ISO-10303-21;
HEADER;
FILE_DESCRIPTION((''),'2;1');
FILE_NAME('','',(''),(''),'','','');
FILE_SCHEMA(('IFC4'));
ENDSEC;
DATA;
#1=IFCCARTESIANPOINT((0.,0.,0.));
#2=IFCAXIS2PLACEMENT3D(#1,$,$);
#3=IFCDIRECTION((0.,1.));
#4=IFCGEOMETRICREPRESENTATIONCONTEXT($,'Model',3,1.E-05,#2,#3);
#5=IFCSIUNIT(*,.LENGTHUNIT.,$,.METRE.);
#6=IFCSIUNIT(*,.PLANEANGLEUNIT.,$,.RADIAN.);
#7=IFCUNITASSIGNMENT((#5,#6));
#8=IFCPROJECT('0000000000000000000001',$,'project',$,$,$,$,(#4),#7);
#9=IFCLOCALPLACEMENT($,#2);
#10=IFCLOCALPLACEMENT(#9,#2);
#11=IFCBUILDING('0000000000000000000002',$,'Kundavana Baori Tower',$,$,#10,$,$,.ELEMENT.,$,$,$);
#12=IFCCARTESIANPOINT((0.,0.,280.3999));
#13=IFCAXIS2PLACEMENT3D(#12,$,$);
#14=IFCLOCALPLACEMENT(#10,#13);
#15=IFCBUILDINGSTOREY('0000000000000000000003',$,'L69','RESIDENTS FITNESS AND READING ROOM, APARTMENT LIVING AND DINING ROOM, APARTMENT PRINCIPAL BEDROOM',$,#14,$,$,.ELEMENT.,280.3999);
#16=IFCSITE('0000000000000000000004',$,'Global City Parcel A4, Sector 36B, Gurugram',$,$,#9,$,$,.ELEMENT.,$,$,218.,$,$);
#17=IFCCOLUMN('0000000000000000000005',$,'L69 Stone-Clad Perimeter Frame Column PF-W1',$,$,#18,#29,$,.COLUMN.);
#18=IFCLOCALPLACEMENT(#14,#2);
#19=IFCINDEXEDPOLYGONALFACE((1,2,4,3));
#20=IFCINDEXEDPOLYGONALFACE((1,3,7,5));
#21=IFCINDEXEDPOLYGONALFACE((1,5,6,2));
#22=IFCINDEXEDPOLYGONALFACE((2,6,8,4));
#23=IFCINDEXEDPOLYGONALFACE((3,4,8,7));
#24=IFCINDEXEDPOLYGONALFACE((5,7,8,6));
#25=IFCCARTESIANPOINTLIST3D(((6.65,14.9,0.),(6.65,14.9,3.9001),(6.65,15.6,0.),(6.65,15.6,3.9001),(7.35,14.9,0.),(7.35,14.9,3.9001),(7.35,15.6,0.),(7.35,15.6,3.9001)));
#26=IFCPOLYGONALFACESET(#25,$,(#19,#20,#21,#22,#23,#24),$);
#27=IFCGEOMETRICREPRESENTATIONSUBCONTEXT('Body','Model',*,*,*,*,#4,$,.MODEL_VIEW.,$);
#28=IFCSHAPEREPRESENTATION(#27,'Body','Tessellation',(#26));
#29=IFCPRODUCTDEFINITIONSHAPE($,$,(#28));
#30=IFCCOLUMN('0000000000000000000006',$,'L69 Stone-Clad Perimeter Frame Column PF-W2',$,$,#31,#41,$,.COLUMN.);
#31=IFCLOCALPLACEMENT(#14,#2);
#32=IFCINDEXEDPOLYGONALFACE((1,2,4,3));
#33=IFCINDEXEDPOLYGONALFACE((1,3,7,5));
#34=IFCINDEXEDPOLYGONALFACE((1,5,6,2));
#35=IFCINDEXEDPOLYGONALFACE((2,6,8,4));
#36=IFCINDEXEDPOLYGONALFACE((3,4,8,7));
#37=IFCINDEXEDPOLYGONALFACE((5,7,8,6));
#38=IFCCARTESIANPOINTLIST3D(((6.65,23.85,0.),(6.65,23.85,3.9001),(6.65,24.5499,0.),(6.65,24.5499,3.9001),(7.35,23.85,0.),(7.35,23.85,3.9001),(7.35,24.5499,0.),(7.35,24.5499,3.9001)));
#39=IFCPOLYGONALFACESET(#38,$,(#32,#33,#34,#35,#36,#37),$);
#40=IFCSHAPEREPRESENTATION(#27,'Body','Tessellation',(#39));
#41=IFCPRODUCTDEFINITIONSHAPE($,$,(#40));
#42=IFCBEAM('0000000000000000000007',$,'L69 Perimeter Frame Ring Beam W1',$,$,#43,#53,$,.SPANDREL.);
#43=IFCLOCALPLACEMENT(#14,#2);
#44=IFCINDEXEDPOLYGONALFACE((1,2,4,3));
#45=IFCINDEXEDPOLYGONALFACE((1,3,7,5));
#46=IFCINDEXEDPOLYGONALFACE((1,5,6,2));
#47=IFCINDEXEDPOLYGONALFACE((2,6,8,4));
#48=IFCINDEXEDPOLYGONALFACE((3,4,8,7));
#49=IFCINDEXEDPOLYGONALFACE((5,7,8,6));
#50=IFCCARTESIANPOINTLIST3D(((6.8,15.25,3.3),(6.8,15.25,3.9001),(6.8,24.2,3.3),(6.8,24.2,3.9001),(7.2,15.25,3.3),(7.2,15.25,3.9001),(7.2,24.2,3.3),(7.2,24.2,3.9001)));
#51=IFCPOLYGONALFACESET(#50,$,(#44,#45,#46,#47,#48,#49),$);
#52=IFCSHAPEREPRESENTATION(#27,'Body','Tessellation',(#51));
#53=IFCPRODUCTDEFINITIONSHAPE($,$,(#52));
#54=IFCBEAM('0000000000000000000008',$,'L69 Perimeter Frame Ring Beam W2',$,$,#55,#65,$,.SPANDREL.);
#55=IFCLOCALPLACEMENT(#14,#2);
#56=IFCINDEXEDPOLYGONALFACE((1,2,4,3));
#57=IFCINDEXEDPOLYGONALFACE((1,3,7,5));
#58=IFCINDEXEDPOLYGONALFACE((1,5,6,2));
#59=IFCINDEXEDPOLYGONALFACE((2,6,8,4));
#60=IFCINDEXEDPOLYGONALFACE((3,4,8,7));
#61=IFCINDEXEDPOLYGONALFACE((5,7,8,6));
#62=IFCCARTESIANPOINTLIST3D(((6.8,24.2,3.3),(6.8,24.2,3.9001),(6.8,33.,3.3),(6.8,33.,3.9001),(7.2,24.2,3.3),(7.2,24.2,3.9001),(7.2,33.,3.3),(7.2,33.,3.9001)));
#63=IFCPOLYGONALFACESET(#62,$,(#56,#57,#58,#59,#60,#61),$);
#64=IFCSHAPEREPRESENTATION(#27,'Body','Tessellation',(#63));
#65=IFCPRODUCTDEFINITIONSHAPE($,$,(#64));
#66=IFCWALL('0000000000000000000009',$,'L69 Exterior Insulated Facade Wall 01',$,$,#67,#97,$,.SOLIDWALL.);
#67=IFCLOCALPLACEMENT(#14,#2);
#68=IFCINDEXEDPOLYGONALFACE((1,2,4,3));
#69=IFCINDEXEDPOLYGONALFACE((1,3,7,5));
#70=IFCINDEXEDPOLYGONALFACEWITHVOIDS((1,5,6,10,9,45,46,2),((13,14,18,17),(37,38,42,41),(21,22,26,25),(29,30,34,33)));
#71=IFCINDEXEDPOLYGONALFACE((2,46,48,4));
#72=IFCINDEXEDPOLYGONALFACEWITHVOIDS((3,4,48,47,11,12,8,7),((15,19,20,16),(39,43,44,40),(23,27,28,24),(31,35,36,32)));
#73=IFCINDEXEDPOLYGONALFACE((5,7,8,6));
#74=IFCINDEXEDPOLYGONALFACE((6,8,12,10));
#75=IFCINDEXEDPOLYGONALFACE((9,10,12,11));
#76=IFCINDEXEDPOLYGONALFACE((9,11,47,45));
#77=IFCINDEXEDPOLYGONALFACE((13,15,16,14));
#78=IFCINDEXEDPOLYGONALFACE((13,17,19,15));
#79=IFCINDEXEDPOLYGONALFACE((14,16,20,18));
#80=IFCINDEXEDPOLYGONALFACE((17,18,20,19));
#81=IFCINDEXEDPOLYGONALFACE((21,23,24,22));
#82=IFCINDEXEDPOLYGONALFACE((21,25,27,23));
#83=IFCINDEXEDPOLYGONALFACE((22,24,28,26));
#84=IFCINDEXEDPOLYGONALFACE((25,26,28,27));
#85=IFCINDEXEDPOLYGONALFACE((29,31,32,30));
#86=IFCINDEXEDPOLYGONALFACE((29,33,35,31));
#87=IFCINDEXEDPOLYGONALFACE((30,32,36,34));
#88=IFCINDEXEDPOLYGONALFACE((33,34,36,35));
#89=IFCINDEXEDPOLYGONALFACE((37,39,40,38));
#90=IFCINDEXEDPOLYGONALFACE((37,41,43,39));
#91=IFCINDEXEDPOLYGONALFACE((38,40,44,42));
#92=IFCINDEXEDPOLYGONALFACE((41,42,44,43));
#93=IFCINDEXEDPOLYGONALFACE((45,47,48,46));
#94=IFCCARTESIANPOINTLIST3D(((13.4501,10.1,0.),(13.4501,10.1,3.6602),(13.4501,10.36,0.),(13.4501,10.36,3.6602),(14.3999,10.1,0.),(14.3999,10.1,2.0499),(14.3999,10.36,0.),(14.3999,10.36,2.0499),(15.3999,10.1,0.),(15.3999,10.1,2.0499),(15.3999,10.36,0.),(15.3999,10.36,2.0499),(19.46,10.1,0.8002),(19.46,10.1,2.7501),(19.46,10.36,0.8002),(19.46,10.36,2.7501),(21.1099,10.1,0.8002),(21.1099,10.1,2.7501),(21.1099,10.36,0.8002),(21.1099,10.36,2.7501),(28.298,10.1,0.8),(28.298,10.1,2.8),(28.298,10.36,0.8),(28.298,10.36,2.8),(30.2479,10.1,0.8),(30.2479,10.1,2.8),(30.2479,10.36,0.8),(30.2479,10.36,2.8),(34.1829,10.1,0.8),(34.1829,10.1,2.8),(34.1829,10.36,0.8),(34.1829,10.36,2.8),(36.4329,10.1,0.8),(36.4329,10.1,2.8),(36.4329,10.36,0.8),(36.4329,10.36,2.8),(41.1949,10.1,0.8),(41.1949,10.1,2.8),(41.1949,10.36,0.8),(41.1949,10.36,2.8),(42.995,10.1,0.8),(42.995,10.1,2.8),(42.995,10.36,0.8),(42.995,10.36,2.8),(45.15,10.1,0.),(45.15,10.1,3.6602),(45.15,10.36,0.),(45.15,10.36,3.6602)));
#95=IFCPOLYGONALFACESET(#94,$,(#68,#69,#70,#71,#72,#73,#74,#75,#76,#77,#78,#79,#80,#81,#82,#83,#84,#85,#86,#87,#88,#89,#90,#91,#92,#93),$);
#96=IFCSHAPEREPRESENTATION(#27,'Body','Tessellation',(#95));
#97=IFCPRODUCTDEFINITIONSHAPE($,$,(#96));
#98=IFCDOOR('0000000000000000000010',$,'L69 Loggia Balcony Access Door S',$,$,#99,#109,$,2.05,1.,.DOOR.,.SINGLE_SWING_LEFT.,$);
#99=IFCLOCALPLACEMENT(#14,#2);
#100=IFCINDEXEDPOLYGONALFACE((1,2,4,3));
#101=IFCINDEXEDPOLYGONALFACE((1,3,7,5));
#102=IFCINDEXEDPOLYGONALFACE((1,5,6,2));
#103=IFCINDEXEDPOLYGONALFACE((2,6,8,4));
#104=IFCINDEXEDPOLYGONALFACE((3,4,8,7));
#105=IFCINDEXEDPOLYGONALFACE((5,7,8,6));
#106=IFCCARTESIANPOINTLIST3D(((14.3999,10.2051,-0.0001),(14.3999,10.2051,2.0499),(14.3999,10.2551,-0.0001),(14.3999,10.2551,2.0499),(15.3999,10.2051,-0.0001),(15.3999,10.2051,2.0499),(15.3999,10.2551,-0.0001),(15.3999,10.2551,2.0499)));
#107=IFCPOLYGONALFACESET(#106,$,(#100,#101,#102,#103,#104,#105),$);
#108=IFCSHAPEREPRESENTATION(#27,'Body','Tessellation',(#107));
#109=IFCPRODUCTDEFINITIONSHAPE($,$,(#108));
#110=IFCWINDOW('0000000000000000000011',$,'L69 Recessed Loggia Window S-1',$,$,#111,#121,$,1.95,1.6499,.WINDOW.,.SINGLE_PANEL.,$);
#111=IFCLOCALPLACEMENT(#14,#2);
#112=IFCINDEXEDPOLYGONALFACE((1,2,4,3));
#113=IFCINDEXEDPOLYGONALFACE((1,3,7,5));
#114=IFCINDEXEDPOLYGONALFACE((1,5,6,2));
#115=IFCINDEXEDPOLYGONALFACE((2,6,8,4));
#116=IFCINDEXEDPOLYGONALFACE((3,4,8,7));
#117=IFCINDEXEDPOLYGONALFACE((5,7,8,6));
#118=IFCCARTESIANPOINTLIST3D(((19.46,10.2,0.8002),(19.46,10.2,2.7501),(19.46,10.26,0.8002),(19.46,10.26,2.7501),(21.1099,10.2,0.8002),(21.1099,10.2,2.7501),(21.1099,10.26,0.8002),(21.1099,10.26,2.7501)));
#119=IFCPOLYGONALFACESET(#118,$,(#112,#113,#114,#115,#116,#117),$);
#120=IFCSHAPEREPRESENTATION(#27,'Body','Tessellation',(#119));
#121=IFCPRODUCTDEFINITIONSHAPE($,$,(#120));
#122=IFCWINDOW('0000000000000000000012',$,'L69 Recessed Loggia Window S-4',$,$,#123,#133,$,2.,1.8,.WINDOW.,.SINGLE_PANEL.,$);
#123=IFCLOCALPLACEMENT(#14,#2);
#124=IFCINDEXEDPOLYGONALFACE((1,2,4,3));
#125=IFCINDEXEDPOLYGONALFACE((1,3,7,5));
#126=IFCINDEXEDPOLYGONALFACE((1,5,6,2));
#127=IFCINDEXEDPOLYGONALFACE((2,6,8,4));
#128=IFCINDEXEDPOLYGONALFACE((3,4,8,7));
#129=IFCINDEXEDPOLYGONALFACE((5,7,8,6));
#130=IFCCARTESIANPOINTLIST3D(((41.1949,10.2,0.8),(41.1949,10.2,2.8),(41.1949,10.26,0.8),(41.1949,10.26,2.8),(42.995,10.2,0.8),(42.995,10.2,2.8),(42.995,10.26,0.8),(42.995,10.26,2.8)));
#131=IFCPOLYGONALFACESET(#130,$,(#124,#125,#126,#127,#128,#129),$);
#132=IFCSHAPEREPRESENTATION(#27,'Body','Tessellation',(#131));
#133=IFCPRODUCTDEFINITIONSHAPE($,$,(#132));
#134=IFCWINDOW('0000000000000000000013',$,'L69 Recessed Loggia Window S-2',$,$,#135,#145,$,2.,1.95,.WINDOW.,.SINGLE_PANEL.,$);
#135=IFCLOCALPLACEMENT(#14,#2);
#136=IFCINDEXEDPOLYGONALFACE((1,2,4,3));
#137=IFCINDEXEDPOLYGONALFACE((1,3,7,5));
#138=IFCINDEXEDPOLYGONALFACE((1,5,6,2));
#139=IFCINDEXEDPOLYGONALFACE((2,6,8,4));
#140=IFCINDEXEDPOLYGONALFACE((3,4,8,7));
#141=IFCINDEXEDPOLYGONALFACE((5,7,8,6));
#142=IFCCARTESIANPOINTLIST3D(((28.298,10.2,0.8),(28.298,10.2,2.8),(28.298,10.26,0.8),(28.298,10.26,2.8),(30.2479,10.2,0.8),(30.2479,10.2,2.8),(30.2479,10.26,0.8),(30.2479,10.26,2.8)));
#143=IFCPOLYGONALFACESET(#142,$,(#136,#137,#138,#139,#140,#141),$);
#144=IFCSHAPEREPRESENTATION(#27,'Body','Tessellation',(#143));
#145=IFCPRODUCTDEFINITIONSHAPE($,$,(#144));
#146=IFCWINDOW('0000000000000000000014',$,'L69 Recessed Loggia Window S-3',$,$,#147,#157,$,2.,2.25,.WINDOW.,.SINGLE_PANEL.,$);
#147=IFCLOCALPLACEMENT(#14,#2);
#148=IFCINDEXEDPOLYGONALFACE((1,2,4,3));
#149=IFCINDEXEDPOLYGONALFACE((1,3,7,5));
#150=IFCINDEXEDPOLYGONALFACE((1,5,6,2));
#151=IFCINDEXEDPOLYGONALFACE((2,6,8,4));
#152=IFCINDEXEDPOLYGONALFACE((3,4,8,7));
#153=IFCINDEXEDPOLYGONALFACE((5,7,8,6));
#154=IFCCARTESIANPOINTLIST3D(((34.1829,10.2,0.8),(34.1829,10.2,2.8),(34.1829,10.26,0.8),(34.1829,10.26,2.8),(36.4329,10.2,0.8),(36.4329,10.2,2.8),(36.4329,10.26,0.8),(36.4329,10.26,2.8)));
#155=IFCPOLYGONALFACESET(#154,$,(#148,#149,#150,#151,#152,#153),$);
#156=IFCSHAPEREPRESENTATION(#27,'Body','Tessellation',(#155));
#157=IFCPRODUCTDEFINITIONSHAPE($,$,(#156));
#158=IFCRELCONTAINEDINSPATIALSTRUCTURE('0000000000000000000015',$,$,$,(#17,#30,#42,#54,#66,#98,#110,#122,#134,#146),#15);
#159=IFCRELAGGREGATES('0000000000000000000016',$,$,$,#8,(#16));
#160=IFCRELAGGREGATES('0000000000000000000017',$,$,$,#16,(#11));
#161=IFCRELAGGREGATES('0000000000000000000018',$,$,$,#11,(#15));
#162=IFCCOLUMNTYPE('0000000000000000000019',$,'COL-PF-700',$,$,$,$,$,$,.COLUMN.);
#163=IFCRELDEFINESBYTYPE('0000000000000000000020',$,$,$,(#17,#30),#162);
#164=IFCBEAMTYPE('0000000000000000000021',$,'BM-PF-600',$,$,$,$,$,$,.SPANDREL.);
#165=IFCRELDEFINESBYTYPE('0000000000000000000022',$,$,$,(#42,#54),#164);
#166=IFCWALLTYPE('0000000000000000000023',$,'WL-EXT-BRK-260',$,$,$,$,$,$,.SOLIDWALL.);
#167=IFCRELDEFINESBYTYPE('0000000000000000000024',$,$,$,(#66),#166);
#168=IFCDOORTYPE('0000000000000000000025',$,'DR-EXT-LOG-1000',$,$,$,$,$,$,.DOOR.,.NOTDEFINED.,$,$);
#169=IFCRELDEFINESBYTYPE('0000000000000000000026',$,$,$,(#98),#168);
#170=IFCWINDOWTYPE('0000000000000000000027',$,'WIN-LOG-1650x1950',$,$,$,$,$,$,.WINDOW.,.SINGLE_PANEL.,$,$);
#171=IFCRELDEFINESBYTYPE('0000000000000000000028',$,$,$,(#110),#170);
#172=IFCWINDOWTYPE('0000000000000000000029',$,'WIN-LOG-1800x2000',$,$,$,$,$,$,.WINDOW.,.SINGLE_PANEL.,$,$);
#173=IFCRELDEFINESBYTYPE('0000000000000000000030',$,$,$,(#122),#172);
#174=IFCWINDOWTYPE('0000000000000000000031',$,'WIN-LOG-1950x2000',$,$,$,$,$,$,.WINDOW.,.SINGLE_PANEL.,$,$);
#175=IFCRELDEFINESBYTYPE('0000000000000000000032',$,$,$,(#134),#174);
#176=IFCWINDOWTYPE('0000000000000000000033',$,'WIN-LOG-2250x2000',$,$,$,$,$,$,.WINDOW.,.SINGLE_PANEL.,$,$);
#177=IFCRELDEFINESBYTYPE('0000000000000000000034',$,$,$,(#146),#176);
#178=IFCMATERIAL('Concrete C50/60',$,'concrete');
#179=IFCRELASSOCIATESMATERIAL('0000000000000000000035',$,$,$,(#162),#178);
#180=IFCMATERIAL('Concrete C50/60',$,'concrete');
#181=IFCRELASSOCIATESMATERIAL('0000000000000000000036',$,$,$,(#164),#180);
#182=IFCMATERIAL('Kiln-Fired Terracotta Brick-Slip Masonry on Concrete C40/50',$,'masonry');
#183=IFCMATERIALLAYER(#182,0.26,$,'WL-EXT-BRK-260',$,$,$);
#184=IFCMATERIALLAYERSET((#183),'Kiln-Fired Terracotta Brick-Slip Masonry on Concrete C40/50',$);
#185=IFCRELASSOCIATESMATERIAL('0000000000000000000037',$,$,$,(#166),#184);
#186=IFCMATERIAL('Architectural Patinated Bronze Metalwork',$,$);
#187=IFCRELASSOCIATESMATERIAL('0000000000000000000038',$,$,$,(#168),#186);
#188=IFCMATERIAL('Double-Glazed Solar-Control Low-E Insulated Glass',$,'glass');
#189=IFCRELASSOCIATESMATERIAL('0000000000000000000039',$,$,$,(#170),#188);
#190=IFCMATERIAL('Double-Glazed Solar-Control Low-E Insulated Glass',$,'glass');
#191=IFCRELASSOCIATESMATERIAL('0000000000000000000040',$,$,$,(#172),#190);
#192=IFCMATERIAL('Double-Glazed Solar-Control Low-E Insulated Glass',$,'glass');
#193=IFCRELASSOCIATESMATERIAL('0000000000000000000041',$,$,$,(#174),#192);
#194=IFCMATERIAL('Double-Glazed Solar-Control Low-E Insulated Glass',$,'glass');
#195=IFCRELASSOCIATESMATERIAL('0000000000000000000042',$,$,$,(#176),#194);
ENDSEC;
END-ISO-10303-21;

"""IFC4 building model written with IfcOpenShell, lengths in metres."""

from ifc_helpers import new_model, si_unit, direction, frame, frame_2d, origin, origin_2d, place, context, subcontext, project, spatial, rectangle, extrude, material, layer, layer_set, material_profile, profile_set, type_object, element, fill, save


model = new_model("IFC4")

# Units and contexts
model_context = context("Model", 3, precision=1e-05, world=origin(), true_north=direction((0.0, 1.0)))
body_context = subcontext(model_context, "Body", "Model", "MODEL_VIEW")
ifc_project = project(units=[si_unit("LENGTHUNIT", "METRE"), si_unit("PLANEANGLEUNIT", "RADIAN")], contexts=[model_context])

# Site, building, storey
site_placement = place(None, origin())
site = spatial("IfcSite", under=ifc_project, at=site_placement, Name="Global City Parcel A4, Sector 36B, Gurugram", CompositionType="ELEMENT", RefElevation=218.0)
building_placement = place(site_placement, origin())
building = spatial("IfcBuilding", under=site, at=building_placement, Name="Kundavana Baori Tower", CompositionType="ELEMENT")
storey_placement = place(building_placement, frame((0.0, 0.0, 280.3999)))
storey = spatial("IfcBuildingStorey", under=building, at=storey_placement, Name="L69", Description="RESIDENTS FITNESS AND READING ROOM, APARTMENT LIVING AND DINING ROOM, APARTMENT PRINCIPAL BEDROOM", CompositionType="ELEMENT", Elevation=280.3999)

# Columns
ifc_material_1 = material(Name="Concrete C50/60", Category="concrete")
ifc_material_profile_1 = material_profile(ifc_material_1, rectangle(XDim=0.7, YDim=0.7, at=origin_2d()), Name="RC PF 700x700")
ifc_profile_set_1 = profile_set([ifc_material_profile_1], Name="Concrete C50/60")
column_type = type_object("IfcColumnType", Name="COL-PF-700", PredefinedType="COLUMN", material=ifc_profile_set_1)
for number, where, z_axis, x_axis, name in (
    (1, (7.0, 15.25, 0.0), (0.0, 0.0, 1.0), (1.0, 0.0, 0.0), "L69 Stone-Clad Perimeter Frame Column PF-W1"),
    (2, (7.0, 24.2, 0.0), (0.0, 0.0, 1.0), (1.0, 0.0, 0.0), "L69 Stone-Clad Perimeter Frame Column PF-W2"),
):
    element("IfcColumn", number, at=place(storey_placement, frame(where, z_axis=z_axis, x_axis=x_axis)), inside=storey, type_object=column_type, Name=name, PredefinedType="COLUMN", context=body_context, shape_type="SweptSolid", body=[
        extrude(rectangle(XDim=0.7, YDim=0.7, at=origin_2d()), origin(), (0.0, 0.0, 1.0), 3.9001),
    ])

# Beams
ifc_material_2 = material(Name="Concrete C50/60", Category="concrete")
ifc_material_profile_2 = material_profile(ifc_material_2, rectangle(XDim=0.3999, YDim=0.6001, at=origin_2d()), Name="RC BM 400x600")
ifc_profile_set_2 = profile_set([ifc_material_profile_2], Name="Concrete C50/60")
beam_type = type_object("IfcBeamType", Name="BM-PF-600", PredefinedType="SPANDREL", material=ifc_profile_set_2)
beam_1_placement = place(storey_placement, frame((7.0, 15.25, 3.6001), z_axis=(0.0, 1.0, 0.0), x_axis=(-1.0, 0.0, 0.0)))
element("IfcBeam", 3, at=beam_1_placement, inside=storey, type_object=beam_type, Name="L69 Perimeter Frame Ring Beam W1", PredefinedType="SPANDREL", context=body_context, shape_type="SweptSolid", body=[
    extrude(rectangle(XDim=0.3999, YDim=0.6001, at=origin_2d()), origin(), (0.0, 0.0, 1.0), 8.95),
])
beam_2_placement = place(storey_placement, frame((7.0, 24.2, 3.6001), z_axis=(0.0, 1.0, 0.0), x_axis=(-1.0, 0.0, 0.0)))
element("IfcBeam", 4, at=beam_2_placement, inside=storey, type_object=beam_type, Name="L69 Perimeter Frame Ring Beam W2", PredefinedType="SPANDREL", context=body_context, shape_type="SweptSolid", body=[
    extrude(rectangle(XDim=0.3999, YDim=0.6001, at=origin_2d()), origin(), (0.0, 0.0, 1.0), 8.8),
])

# Wall, openings, door, windows
ifc_material_3 = material(Name="Kiln-Fired Terracotta Brick-Slip Masonry on Concrete C40/50", Category="masonry")
ifc_layer_1 = layer(ifc_material_3, 0.26, Name="WL-EXT-BRK-260")
ifc_layer_set_1 = layer_set([ifc_layer_1], Name="Kiln-Fired Terracotta Brick-Slip Masonry on Concrete C40/50")
wall_type_1 = type_object("IfcWallType", Name="WL-EXT-BRK-260", PredefinedType="SOLIDWALL", material=ifc_layer_set_1)
wall_1_placement = place(storey_placement, frame((13.45, 10.23, 0.0), z_axis=(0.0, 0.0, 1.0), x_axis=(1.0, 0.0, 0.0)))
wall_1 = element("IfcWall", 5, at=wall_1_placement, inside=storey, type_object=wall_type_1, Name="L69 Exterior Insulated Facade Wall 01", PredefinedType="SOLIDWALL", context=body_context, shape_type="SweptSolid", body=[
    extrude(rectangle(XDim=31.7, YDim=0.26, at=frame_2d((15.8501, 0.0))), origin(), (0.0, 0.0, 1.0), 3.6602),
])
opening_1_placement = place(wall_1_placement, frame((0.95, 0.0, 0.0)))
opening_1 = element("IfcOpeningElement", 6, at=opening_1_placement, cuts=wall_1, PredefinedType="OPENING", context=body_context, shape_type="SweptSolid", body=[
    extrude(rectangle(XDim=1.0, YDim=2.05, at=frame_2d((0.5, 1.0249))), frame((0.0, 0.1401, 0.0), z_axis=(0.0, -1.0, 0.0), x_axis=(1.0, 0.0, 0.0)), (0.0, 0.0, 1.0), 0.28),
])
opening_2_placement = place(wall_1_placement, frame((6.01, 0.0, 0.8)))
opening_2 = element("IfcOpeningElement", 7, at=opening_2_placement, cuts=wall_1, PredefinedType="OPENING", context=body_context, shape_type="SweptSolid", body=[
    extrude(rectangle(XDim=1.6499, YDim=1.95, at=frame_2d((0.825, 0.9751))), frame((0.0, 0.1401, 0.0), z_axis=(0.0, -1.0, 0.0), x_axis=(1.0, 0.0, 0.0)), (0.0, 0.0, 1.0), 0.28),
])
opening_3_placement = place(wall_1_placement, frame((14.8479, 0.0, 0.8)))
opening_3 = element("IfcOpeningElement", 8, at=opening_3_placement, cuts=wall_1, PredefinedType="OPENING", context=body_context, shape_type="SweptSolid", body=[
    extrude(rectangle(XDim=1.95, YDim=2.0, at=frame_2d((0.9751, 1.0))), frame((0.0, 0.1401, 0.0), z_axis=(0.0, -1.0, 0.0), x_axis=(1.0, 0.0, 0.0)), (0.0, 0.0, 1.0), 0.28),
])
opening_4_placement = place(wall_1_placement, frame((20.7329, 0.0, 0.8)))
opening_4 = element("IfcOpeningElement", 9, at=opening_4_placement, cuts=wall_1, PredefinedType="OPENING", context=body_context, shape_type="SweptSolid", body=[
    extrude(rectangle(XDim=2.25, YDim=2.0, at=frame_2d((1.125, 1.0))), frame((0.0, 0.1401, 0.0), z_axis=(0.0, -1.0, 0.0), x_axis=(1.0, 0.0, 0.0)), (0.0, 0.0, 1.0), 0.28),
])
opening_5_placement = place(wall_1_placement, frame((27.7451, 0.0, 0.8)))
opening_5 = element("IfcOpeningElement", 10, at=opening_5_placement, cuts=wall_1, PredefinedType="OPENING", context=body_context, shape_type="SweptSolid", body=[
    extrude(rectangle(XDim=1.8, YDim=2.0, at=frame_2d((0.8999, 1.0))), frame((0.0, 0.1401, 0.0), z_axis=(0.0, -1.0, 0.0), x_axis=(1.0, 0.0, 0.0)), (0.0, 0.0, 1.0), 0.28),
])
ifc_material_4 = material(Name="Architectural Patinated Bronze Metalwork")
door_type_1 = type_object("IfcDoorType", Name="DR-EXT-LOG-1000", OperationType="NOTDEFINED", PredefinedType="DOOR", material=ifc_material_4)
door_1_placement = place(opening_1_placement, frame((1.0, 0.0, 0.0), z_axis=(0.0, 0.0, 1.0), x_axis=(-1.0, 0.0, 0.0)))
door_1 = element("IfcDoor", 11, at=door_1_placement, inside=storey, type_object=door_type_1, Name="L69 Loggia Balcony Access Door S", OperationType="SINGLE_SWING_LEFT", OverallHeight=2.05, OverallWidth=1.0, PredefinedType="DOOR", context=body_context, shape_type="SweptSolid", body=[
    extrude(rectangle(XDim=1.0, YDim=2.05, at=frame_2d((0.5, 1.0249))), frame((0.0, 0.0249, 0.0), z_axis=(0.0, -1.0, 0.0), x_axis=(1.0, 0.0, 0.0)), (0.0, 0.0, 1.0), 0.05),
])
fill(opening_1, door_1)
ifc_material_5 = material(Name="Double-Glazed Solar-Control Low-E Insulated Glass", Category="glass")
window_type_1 = type_object("IfcWindowType", Name="WIN-LOG-1650x1950", PartitioningType="SINGLE_PANEL", PredefinedType="WINDOW", material=ifc_material_5)
window_1_placement = place(opening_2_placement, origin())
window_1 = element("IfcWindow", 12, at=window_1_placement, inside=storey, type_object=window_type_1, Name="L69 Recessed Loggia Window S-1", OverallHeight=1.95, OverallWidth=1.6499, PartitioningType="SINGLE_PANEL", PredefinedType="WINDOW", context=body_context, shape_type="SweptSolid", body=[
    extrude(rectangle(XDim=1.6499, YDim=1.95, at=frame_2d((0.825, 0.9751))), frame((0.0, 0.03, 0.0), z_axis=(0.0, -1.0, 0.0), x_axis=(1.0, 0.0, 0.0)), (0.0, 0.0, 1.0), 0.0601),
])
fill(opening_2, window_1)
ifc_material_6 = material(Name="Double-Glazed Solar-Control Low-E Insulated Glass", Category="glass")
window_type_2 = type_object("IfcWindowType", Name="WIN-LOG-1800x2000", PartitioningType="SINGLE_PANEL", PredefinedType="WINDOW", material=ifc_material_6)
window_2_placement = place(opening_5_placement, origin())
window_2 = element("IfcWindow", 13, at=window_2_placement, inside=storey, type_object=window_type_2, Name="L69 Recessed Loggia Window S-4", OverallHeight=2.0, OverallWidth=1.8, PartitioningType="SINGLE_PANEL", PredefinedType="WINDOW", context=body_context, shape_type="SweptSolid", body=[
    extrude(rectangle(XDim=1.8, YDim=2.0, at=frame_2d((0.8999, 1.0))), frame((0.0, 0.03, 0.0), z_axis=(0.0, -1.0, 0.0), x_axis=(1.0, 0.0, 0.0)), (0.0, 0.0, 1.0), 0.0601),
])
fill(opening_5, window_2)
ifc_material_7 = material(Name="Double-Glazed Solar-Control Low-E Insulated Glass", Category="glass")
window_type_3 = type_object("IfcWindowType", Name="WIN-LOG-1950x2000", PartitioningType="SINGLE_PANEL", PredefinedType="WINDOW", material=ifc_material_7)
window_3_placement = place(opening_3_placement, origin())
window_3 = element("IfcWindow", 14, at=window_3_placement, inside=storey, type_object=window_type_3, Name="L69 Recessed Loggia Window S-2", OverallHeight=2.0, OverallWidth=1.95, PartitioningType="SINGLE_PANEL", PredefinedType="WINDOW", context=body_context, shape_type="SweptSolid", body=[
    extrude(rectangle(XDim=1.95, YDim=2.0, at=frame_2d((0.9751, 1.0))), frame((0.0, 0.03, 0.0), z_axis=(0.0, -1.0, 0.0), x_axis=(1.0, 0.0, 0.0)), (0.0, 0.0, 1.0), 0.0601),
])
fill(opening_3, window_3)
ifc_material_8 = material(Name="Double-Glazed Solar-Control Low-E Insulated Glass", Category="glass")
window_type_4 = type_object("IfcWindowType", Name="WIN-LOG-2250x2000", PartitioningType="SINGLE_PANEL", PredefinedType="WINDOW", material=ifc_material_8)
window_4_placement = place(opening_4_placement, origin())
window_4 = element("IfcWindow", 15, at=window_4_placement, inside=storey, type_object=window_type_4, Name="L69 Recessed Loggia Window S-3", OverallHeight=2.0, OverallWidth=2.25, PartitioningType="SINGLE_PANEL", PredefinedType="WINDOW", context=body_context, shape_type="SweptSolid", body=[
    extrude(rectangle(XDim=2.25, YDim=2.0, at=frame_2d((1.125, 1.0))), frame((0.0, 0.03, 0.0), z_axis=(0.0, -1.0, 0.0), x_axis=(1.0, 0.0, 0.0)), (0.0, 0.0, 1.0), 0.0601),
])
fill(opening_4, window_4)

save(model, "model.ifc")
